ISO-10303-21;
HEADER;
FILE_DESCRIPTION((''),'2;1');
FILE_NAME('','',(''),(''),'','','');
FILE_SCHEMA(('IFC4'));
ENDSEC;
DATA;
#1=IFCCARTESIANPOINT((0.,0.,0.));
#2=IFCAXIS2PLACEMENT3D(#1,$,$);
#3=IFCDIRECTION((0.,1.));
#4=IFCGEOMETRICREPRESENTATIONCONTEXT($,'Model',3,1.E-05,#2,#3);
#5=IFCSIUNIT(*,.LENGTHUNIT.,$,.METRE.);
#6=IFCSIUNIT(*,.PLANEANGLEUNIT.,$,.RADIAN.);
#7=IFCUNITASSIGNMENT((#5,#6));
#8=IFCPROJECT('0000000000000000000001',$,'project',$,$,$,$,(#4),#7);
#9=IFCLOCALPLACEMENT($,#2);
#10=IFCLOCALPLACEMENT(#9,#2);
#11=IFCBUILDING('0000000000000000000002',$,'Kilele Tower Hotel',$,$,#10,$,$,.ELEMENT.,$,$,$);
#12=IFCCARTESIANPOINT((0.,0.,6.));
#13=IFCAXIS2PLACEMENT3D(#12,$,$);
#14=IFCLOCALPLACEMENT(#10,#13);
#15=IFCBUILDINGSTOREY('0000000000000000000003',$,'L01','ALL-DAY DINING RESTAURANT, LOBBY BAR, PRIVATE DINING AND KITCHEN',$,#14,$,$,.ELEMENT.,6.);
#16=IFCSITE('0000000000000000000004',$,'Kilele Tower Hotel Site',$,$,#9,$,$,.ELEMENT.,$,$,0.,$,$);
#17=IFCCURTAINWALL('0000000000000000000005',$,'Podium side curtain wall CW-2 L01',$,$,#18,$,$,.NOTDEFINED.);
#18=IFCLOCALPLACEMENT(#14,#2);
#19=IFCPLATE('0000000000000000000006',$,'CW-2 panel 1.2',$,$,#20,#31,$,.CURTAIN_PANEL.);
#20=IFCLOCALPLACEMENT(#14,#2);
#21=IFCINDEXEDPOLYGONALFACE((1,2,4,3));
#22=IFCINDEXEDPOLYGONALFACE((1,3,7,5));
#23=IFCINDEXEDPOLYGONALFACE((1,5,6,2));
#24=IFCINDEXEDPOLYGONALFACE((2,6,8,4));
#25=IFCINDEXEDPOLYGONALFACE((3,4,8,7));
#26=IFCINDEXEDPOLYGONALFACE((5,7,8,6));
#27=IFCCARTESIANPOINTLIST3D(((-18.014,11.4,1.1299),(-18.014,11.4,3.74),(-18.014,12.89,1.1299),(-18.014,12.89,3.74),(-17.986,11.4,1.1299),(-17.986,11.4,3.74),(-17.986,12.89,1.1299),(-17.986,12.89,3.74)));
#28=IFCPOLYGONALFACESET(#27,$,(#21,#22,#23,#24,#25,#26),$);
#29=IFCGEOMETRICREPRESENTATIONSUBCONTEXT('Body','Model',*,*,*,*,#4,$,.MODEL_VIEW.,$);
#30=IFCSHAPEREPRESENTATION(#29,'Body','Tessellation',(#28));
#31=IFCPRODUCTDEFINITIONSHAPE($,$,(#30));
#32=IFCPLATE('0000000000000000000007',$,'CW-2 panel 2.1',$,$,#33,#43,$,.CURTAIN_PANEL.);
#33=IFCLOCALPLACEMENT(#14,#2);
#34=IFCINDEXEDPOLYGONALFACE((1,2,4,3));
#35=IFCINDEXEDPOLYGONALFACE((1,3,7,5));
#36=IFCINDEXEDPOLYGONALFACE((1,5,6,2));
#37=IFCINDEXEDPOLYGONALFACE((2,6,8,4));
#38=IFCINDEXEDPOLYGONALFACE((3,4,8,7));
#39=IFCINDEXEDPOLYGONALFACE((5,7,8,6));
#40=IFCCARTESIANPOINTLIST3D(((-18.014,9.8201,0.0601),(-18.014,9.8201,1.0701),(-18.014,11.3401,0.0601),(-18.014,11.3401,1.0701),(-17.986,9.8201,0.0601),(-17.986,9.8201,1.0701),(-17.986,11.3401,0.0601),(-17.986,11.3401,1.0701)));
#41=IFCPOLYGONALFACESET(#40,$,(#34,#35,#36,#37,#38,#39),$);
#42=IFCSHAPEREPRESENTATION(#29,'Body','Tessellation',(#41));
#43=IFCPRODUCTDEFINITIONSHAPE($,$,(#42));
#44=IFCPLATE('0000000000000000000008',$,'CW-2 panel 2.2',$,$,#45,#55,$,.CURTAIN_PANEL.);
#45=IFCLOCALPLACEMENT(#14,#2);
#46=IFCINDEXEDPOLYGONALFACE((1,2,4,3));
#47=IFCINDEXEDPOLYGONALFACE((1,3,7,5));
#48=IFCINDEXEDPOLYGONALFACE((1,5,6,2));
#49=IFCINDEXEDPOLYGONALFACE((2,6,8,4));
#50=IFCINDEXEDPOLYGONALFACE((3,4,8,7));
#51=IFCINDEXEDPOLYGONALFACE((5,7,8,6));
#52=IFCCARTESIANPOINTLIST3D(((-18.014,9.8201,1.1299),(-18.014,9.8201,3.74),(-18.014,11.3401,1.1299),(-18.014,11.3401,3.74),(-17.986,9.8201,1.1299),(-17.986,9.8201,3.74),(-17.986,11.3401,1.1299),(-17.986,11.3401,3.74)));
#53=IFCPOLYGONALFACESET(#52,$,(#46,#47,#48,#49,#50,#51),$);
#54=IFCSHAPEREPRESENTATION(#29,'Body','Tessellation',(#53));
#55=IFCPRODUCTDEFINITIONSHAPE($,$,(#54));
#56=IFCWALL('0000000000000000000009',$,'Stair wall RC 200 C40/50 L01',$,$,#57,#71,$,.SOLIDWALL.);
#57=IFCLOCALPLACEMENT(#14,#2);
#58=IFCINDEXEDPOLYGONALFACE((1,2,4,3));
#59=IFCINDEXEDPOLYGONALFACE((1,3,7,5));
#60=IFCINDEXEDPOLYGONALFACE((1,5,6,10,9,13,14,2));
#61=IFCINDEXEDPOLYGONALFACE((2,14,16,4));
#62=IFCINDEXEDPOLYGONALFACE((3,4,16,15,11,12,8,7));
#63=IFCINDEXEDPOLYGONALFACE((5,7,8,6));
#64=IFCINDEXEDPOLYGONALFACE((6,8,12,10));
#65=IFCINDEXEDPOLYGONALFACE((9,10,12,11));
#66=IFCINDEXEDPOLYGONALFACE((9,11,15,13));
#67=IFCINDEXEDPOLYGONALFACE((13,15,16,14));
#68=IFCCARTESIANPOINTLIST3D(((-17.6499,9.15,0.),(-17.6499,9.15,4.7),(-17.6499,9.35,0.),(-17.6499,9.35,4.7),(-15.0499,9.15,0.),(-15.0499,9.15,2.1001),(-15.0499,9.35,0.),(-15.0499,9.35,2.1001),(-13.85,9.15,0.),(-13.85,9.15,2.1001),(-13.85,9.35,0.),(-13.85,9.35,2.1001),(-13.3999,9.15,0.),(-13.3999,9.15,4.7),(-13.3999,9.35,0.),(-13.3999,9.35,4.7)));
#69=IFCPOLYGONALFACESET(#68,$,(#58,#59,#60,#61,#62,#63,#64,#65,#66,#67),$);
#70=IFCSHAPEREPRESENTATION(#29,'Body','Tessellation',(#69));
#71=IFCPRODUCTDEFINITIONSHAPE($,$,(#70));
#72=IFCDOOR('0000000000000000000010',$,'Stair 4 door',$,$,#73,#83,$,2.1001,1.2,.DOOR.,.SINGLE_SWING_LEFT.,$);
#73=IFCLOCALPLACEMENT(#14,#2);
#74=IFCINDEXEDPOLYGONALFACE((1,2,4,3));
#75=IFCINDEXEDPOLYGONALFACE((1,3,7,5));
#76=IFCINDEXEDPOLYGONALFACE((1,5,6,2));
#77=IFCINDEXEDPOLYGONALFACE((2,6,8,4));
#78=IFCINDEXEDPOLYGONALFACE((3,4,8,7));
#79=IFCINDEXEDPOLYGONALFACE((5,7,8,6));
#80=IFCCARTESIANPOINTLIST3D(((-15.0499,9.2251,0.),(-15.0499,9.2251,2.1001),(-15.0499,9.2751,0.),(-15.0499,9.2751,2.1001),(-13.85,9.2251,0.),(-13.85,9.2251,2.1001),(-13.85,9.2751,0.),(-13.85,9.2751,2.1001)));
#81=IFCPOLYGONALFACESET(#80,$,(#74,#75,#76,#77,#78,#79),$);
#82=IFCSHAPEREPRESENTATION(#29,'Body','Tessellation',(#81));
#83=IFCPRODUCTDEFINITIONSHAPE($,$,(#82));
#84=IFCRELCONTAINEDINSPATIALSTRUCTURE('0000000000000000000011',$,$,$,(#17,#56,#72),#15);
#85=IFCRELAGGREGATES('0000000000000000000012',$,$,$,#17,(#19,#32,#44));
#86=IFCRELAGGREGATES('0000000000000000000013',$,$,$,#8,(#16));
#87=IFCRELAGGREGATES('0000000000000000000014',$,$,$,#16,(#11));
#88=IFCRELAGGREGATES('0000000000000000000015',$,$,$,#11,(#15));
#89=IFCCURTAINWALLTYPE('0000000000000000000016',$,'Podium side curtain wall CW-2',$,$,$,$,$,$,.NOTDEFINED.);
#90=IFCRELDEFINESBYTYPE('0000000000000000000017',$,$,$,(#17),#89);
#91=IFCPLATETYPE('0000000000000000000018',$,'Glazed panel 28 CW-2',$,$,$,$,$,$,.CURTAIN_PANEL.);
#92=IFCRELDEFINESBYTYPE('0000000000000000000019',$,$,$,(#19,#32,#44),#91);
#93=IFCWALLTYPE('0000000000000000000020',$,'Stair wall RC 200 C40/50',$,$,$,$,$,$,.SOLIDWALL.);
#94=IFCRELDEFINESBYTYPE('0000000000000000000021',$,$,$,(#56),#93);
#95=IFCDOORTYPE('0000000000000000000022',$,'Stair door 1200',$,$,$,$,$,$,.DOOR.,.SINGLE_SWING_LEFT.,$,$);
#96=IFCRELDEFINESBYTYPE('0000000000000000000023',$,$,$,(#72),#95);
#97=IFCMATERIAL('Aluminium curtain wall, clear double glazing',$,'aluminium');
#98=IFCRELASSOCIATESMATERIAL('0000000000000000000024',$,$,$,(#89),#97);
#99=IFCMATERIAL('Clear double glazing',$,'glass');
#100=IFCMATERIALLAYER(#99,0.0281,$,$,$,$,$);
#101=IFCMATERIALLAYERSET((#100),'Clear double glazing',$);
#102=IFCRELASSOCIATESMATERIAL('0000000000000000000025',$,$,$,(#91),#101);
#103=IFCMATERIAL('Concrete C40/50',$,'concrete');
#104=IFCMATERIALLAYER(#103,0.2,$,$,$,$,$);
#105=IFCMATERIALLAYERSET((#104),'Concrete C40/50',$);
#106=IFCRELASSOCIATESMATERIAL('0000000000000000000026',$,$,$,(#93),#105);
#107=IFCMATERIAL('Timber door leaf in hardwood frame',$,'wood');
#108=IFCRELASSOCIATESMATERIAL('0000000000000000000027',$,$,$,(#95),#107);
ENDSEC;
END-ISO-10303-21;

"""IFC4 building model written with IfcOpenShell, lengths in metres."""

from ifc_helpers import new_model, si_unit, direction, frame, frame_2d, origin, origin_2d, place, context, subcontext, project, spatial, rectangle, extrude, material, layer, layer_set, type_object, element, fill, aggregate, save


model = new_model("IFC4")

# Units and contexts
model_context = context("Model", 3, precision=1e-05, world=origin(), true_north=direction((0.0, 1.0)))
body_context = subcontext(model_context, "Body", "Model", "MODEL_VIEW")
ifc_project = project(units=[si_unit("LENGTHUNIT", "METRE"), si_unit("PLANEANGLEUNIT", "RADIAN")], contexts=[model_context])

# Site, building, storey
site_placement = place(None, origin())
site = spatial("IfcSite", under=ifc_project, at=site_placement, Name="Kilele Tower Hotel Site", CompositionType="ELEMENT", RefElevation=0.0)
building_placement = place(site_placement, origin())
building = spatial("IfcBuilding", under=site, at=building_placement, Name="Kilele Tower Hotel", CompositionType="ELEMENT")
storey_placement = place(building_placement, frame((0.0, 0.0, 6.0)))
storey = spatial("IfcBuildingStorey", under=building, at=storey_placement, Name="L01", Description="ALL-DAY DINING RESTAURANT, LOBBY BAR, PRIVATE DINING AND KITCHEN", CompositionType="ELEMENT", Elevation=6.0)

# Curtain wall
ifc_material_1 = material(Name="Aluminium curtain wall, clear double glazing", Category="aluminium")
curtain_wall_type = type_object("IfcCurtainWallType", Name="Podium side curtain wall CW-2", PredefinedType="NOTDEFINED", material=ifc_material_1)
curtain_wall_1_placement = place(storey_placement, origin())
curtain_wall_1 = element("IfcCurtainWall", 1, at=curtain_wall_1_placement, inside=storey, type_object=curtain_wall_type, Name="Podium side curtain wall CW-2 L01", PredefinedType="NOTDEFINED")

# Plates
ifc_material_2 = material(Name="Clear double glazing", Category="glass")
ifc_layer_1 = layer(ifc_material_2, 0.0281)
ifc_layer_set_1 = layer_set([ifc_layer_1], Name="Clear double glazing")
plate_type = type_object("IfcPlateType", Name="Glazed panel 28 CW-2", PredefinedType="CURTAIN_PANEL", material=ifc_layer_set_1)
plate_1_placement = place(storey_placement, frame((-18.0, 12.145, 1.1299), z_axis=(0.0, 0.0, 1.0), x_axis=(0.0, -1.0, 0.0)))
plate_1 = element("IfcPlate", 2, at=plate_1_placement, type_object=plate_type, Name="CW-2 panel 1.2", PredefinedType="CURTAIN_PANEL", context=body_context, shape_type="SweptSolid", body=[
    extrude(rectangle(XDim=1.49, YDim=0.0281, at=origin_2d()), origin(), (0.0, 0.0, 1.0), 2.6101),
])
plate_2_placement = place(storey_placement, frame((-18.0, 10.5801, 0.0601), z_axis=(0.0, 0.0, 1.0), x_axis=(0.0, -1.0, 0.0)))
plate_2 = element("IfcPlate", 3, at=plate_2_placement, type_object=plate_type, Name="CW-2 panel 2.1", PredefinedType="CURTAIN_PANEL", context=body_context, shape_type="SweptSolid", body=[
    extrude(rectangle(XDim=1.52, YDim=0.0281, at=origin_2d()), origin(), (0.0, 0.0, 1.0), 1.01),
])
plate_3_placement = place(storey_placement, frame((-18.0, 10.5801, 1.1299), z_axis=(0.0, 0.0, 1.0), x_axis=(0.0, -1.0, 0.0)))
plate_3 = element("IfcPlate", 4, at=plate_3_placement, type_object=plate_type, Name="CW-2 panel 2.2", PredefinedType="CURTAIN_PANEL", context=body_context, shape_type="SweptSolid", body=[
    extrude(rectangle(XDim=1.52, YDim=0.0281, at=origin_2d()), origin(), (0.0, 0.0, 1.0), 2.6101),
])
aggregate(curtain_wall_1, [plate_1, plate_2, plate_3])

# Wall, opening, door
ifc_material_3 = material(Name="Concrete C40/50", Category="concrete")
ifc_layer_2 = layer(ifc_material_3, 0.2)
ifc_layer_set_2 = layer_set([ifc_layer_2], Name="Concrete C40/50")
wall_type = type_object("IfcWallType", Name="Stair wall RC 200 C40/50", PredefinedType="SOLIDWALL", material=ifc_layer_set_2)
wall_placement = place(storey_placement, frame((-17.6499, 9.25, 0.0), z_axis=(0.0, 0.0, 1.0), x_axis=(1.0, 0.0, 0.0)))
wall = element("IfcWall", 5, at=wall_placement, inside=storey, type_object=wall_type, Name="Stair wall RC 200 C40/50 L01", PredefinedType="SOLIDWALL", context=body_context, shape_type="SweptSolid", body=[
    extrude(rectangle(XDim=4.25, YDim=0.2, at=frame_2d((2.125, 0.0))), origin(), (0.0, 0.0, 1.0), 4.7),
])
opening_placement = place(wall_placement, frame((3.8, 0.0, 0.0), z_axis=(0.0, 0.0, 1.0), x_axis=(-1.0, 0.0, 0.0)))
opening = element("IfcOpeningElement", 6, at=opening_placement, cuts=wall, PredefinedType="OPENING", context=body_context, shape_type="SweptSolid", body=[
    extrude(rectangle(XDim=1.2, YDim=2.1001, at=frame_2d((0.6001, 1.05))), frame((0.0, 0.1099, 0.0), z_axis=(0.0, -1.0, 0.0), x_axis=(1.0, 0.0, 0.0)), (0.0, 0.0, 1.0), 0.22),
])
ifc_material_4 = material(Name="Timber door leaf in hardwood frame", Category="wood")
door_type = type_object("IfcDoorType", Name="Stair door 1200", OperationType="SINGLE_SWING_LEFT", PredefinedType="DOOR", material=ifc_material_4)
door_placement = place(opening_placement, origin())
door = element("IfcDoor", 7, at=door_placement, inside=storey, type_object=door_type, Name="Stair 4 door", OperationType="SINGLE_SWING_LEFT", OverallHeight=2.1001, OverallWidth=1.2, PredefinedType="DOOR", context=body_context, shape_type="SweptSolid", body=[
    extrude(rectangle(XDim=1.2, YDim=2.1001, at=frame_2d((0.6001, 1.05))), frame((0.0, 0.0249, 0.0), z_axis=(0.0, -1.0, 0.0), x_axis=(1.0, 0.0, 0.0)), (0.0, 0.0, 1.0), 0.05),
])
fill(opening, door)

save(model, "model.ifc")
